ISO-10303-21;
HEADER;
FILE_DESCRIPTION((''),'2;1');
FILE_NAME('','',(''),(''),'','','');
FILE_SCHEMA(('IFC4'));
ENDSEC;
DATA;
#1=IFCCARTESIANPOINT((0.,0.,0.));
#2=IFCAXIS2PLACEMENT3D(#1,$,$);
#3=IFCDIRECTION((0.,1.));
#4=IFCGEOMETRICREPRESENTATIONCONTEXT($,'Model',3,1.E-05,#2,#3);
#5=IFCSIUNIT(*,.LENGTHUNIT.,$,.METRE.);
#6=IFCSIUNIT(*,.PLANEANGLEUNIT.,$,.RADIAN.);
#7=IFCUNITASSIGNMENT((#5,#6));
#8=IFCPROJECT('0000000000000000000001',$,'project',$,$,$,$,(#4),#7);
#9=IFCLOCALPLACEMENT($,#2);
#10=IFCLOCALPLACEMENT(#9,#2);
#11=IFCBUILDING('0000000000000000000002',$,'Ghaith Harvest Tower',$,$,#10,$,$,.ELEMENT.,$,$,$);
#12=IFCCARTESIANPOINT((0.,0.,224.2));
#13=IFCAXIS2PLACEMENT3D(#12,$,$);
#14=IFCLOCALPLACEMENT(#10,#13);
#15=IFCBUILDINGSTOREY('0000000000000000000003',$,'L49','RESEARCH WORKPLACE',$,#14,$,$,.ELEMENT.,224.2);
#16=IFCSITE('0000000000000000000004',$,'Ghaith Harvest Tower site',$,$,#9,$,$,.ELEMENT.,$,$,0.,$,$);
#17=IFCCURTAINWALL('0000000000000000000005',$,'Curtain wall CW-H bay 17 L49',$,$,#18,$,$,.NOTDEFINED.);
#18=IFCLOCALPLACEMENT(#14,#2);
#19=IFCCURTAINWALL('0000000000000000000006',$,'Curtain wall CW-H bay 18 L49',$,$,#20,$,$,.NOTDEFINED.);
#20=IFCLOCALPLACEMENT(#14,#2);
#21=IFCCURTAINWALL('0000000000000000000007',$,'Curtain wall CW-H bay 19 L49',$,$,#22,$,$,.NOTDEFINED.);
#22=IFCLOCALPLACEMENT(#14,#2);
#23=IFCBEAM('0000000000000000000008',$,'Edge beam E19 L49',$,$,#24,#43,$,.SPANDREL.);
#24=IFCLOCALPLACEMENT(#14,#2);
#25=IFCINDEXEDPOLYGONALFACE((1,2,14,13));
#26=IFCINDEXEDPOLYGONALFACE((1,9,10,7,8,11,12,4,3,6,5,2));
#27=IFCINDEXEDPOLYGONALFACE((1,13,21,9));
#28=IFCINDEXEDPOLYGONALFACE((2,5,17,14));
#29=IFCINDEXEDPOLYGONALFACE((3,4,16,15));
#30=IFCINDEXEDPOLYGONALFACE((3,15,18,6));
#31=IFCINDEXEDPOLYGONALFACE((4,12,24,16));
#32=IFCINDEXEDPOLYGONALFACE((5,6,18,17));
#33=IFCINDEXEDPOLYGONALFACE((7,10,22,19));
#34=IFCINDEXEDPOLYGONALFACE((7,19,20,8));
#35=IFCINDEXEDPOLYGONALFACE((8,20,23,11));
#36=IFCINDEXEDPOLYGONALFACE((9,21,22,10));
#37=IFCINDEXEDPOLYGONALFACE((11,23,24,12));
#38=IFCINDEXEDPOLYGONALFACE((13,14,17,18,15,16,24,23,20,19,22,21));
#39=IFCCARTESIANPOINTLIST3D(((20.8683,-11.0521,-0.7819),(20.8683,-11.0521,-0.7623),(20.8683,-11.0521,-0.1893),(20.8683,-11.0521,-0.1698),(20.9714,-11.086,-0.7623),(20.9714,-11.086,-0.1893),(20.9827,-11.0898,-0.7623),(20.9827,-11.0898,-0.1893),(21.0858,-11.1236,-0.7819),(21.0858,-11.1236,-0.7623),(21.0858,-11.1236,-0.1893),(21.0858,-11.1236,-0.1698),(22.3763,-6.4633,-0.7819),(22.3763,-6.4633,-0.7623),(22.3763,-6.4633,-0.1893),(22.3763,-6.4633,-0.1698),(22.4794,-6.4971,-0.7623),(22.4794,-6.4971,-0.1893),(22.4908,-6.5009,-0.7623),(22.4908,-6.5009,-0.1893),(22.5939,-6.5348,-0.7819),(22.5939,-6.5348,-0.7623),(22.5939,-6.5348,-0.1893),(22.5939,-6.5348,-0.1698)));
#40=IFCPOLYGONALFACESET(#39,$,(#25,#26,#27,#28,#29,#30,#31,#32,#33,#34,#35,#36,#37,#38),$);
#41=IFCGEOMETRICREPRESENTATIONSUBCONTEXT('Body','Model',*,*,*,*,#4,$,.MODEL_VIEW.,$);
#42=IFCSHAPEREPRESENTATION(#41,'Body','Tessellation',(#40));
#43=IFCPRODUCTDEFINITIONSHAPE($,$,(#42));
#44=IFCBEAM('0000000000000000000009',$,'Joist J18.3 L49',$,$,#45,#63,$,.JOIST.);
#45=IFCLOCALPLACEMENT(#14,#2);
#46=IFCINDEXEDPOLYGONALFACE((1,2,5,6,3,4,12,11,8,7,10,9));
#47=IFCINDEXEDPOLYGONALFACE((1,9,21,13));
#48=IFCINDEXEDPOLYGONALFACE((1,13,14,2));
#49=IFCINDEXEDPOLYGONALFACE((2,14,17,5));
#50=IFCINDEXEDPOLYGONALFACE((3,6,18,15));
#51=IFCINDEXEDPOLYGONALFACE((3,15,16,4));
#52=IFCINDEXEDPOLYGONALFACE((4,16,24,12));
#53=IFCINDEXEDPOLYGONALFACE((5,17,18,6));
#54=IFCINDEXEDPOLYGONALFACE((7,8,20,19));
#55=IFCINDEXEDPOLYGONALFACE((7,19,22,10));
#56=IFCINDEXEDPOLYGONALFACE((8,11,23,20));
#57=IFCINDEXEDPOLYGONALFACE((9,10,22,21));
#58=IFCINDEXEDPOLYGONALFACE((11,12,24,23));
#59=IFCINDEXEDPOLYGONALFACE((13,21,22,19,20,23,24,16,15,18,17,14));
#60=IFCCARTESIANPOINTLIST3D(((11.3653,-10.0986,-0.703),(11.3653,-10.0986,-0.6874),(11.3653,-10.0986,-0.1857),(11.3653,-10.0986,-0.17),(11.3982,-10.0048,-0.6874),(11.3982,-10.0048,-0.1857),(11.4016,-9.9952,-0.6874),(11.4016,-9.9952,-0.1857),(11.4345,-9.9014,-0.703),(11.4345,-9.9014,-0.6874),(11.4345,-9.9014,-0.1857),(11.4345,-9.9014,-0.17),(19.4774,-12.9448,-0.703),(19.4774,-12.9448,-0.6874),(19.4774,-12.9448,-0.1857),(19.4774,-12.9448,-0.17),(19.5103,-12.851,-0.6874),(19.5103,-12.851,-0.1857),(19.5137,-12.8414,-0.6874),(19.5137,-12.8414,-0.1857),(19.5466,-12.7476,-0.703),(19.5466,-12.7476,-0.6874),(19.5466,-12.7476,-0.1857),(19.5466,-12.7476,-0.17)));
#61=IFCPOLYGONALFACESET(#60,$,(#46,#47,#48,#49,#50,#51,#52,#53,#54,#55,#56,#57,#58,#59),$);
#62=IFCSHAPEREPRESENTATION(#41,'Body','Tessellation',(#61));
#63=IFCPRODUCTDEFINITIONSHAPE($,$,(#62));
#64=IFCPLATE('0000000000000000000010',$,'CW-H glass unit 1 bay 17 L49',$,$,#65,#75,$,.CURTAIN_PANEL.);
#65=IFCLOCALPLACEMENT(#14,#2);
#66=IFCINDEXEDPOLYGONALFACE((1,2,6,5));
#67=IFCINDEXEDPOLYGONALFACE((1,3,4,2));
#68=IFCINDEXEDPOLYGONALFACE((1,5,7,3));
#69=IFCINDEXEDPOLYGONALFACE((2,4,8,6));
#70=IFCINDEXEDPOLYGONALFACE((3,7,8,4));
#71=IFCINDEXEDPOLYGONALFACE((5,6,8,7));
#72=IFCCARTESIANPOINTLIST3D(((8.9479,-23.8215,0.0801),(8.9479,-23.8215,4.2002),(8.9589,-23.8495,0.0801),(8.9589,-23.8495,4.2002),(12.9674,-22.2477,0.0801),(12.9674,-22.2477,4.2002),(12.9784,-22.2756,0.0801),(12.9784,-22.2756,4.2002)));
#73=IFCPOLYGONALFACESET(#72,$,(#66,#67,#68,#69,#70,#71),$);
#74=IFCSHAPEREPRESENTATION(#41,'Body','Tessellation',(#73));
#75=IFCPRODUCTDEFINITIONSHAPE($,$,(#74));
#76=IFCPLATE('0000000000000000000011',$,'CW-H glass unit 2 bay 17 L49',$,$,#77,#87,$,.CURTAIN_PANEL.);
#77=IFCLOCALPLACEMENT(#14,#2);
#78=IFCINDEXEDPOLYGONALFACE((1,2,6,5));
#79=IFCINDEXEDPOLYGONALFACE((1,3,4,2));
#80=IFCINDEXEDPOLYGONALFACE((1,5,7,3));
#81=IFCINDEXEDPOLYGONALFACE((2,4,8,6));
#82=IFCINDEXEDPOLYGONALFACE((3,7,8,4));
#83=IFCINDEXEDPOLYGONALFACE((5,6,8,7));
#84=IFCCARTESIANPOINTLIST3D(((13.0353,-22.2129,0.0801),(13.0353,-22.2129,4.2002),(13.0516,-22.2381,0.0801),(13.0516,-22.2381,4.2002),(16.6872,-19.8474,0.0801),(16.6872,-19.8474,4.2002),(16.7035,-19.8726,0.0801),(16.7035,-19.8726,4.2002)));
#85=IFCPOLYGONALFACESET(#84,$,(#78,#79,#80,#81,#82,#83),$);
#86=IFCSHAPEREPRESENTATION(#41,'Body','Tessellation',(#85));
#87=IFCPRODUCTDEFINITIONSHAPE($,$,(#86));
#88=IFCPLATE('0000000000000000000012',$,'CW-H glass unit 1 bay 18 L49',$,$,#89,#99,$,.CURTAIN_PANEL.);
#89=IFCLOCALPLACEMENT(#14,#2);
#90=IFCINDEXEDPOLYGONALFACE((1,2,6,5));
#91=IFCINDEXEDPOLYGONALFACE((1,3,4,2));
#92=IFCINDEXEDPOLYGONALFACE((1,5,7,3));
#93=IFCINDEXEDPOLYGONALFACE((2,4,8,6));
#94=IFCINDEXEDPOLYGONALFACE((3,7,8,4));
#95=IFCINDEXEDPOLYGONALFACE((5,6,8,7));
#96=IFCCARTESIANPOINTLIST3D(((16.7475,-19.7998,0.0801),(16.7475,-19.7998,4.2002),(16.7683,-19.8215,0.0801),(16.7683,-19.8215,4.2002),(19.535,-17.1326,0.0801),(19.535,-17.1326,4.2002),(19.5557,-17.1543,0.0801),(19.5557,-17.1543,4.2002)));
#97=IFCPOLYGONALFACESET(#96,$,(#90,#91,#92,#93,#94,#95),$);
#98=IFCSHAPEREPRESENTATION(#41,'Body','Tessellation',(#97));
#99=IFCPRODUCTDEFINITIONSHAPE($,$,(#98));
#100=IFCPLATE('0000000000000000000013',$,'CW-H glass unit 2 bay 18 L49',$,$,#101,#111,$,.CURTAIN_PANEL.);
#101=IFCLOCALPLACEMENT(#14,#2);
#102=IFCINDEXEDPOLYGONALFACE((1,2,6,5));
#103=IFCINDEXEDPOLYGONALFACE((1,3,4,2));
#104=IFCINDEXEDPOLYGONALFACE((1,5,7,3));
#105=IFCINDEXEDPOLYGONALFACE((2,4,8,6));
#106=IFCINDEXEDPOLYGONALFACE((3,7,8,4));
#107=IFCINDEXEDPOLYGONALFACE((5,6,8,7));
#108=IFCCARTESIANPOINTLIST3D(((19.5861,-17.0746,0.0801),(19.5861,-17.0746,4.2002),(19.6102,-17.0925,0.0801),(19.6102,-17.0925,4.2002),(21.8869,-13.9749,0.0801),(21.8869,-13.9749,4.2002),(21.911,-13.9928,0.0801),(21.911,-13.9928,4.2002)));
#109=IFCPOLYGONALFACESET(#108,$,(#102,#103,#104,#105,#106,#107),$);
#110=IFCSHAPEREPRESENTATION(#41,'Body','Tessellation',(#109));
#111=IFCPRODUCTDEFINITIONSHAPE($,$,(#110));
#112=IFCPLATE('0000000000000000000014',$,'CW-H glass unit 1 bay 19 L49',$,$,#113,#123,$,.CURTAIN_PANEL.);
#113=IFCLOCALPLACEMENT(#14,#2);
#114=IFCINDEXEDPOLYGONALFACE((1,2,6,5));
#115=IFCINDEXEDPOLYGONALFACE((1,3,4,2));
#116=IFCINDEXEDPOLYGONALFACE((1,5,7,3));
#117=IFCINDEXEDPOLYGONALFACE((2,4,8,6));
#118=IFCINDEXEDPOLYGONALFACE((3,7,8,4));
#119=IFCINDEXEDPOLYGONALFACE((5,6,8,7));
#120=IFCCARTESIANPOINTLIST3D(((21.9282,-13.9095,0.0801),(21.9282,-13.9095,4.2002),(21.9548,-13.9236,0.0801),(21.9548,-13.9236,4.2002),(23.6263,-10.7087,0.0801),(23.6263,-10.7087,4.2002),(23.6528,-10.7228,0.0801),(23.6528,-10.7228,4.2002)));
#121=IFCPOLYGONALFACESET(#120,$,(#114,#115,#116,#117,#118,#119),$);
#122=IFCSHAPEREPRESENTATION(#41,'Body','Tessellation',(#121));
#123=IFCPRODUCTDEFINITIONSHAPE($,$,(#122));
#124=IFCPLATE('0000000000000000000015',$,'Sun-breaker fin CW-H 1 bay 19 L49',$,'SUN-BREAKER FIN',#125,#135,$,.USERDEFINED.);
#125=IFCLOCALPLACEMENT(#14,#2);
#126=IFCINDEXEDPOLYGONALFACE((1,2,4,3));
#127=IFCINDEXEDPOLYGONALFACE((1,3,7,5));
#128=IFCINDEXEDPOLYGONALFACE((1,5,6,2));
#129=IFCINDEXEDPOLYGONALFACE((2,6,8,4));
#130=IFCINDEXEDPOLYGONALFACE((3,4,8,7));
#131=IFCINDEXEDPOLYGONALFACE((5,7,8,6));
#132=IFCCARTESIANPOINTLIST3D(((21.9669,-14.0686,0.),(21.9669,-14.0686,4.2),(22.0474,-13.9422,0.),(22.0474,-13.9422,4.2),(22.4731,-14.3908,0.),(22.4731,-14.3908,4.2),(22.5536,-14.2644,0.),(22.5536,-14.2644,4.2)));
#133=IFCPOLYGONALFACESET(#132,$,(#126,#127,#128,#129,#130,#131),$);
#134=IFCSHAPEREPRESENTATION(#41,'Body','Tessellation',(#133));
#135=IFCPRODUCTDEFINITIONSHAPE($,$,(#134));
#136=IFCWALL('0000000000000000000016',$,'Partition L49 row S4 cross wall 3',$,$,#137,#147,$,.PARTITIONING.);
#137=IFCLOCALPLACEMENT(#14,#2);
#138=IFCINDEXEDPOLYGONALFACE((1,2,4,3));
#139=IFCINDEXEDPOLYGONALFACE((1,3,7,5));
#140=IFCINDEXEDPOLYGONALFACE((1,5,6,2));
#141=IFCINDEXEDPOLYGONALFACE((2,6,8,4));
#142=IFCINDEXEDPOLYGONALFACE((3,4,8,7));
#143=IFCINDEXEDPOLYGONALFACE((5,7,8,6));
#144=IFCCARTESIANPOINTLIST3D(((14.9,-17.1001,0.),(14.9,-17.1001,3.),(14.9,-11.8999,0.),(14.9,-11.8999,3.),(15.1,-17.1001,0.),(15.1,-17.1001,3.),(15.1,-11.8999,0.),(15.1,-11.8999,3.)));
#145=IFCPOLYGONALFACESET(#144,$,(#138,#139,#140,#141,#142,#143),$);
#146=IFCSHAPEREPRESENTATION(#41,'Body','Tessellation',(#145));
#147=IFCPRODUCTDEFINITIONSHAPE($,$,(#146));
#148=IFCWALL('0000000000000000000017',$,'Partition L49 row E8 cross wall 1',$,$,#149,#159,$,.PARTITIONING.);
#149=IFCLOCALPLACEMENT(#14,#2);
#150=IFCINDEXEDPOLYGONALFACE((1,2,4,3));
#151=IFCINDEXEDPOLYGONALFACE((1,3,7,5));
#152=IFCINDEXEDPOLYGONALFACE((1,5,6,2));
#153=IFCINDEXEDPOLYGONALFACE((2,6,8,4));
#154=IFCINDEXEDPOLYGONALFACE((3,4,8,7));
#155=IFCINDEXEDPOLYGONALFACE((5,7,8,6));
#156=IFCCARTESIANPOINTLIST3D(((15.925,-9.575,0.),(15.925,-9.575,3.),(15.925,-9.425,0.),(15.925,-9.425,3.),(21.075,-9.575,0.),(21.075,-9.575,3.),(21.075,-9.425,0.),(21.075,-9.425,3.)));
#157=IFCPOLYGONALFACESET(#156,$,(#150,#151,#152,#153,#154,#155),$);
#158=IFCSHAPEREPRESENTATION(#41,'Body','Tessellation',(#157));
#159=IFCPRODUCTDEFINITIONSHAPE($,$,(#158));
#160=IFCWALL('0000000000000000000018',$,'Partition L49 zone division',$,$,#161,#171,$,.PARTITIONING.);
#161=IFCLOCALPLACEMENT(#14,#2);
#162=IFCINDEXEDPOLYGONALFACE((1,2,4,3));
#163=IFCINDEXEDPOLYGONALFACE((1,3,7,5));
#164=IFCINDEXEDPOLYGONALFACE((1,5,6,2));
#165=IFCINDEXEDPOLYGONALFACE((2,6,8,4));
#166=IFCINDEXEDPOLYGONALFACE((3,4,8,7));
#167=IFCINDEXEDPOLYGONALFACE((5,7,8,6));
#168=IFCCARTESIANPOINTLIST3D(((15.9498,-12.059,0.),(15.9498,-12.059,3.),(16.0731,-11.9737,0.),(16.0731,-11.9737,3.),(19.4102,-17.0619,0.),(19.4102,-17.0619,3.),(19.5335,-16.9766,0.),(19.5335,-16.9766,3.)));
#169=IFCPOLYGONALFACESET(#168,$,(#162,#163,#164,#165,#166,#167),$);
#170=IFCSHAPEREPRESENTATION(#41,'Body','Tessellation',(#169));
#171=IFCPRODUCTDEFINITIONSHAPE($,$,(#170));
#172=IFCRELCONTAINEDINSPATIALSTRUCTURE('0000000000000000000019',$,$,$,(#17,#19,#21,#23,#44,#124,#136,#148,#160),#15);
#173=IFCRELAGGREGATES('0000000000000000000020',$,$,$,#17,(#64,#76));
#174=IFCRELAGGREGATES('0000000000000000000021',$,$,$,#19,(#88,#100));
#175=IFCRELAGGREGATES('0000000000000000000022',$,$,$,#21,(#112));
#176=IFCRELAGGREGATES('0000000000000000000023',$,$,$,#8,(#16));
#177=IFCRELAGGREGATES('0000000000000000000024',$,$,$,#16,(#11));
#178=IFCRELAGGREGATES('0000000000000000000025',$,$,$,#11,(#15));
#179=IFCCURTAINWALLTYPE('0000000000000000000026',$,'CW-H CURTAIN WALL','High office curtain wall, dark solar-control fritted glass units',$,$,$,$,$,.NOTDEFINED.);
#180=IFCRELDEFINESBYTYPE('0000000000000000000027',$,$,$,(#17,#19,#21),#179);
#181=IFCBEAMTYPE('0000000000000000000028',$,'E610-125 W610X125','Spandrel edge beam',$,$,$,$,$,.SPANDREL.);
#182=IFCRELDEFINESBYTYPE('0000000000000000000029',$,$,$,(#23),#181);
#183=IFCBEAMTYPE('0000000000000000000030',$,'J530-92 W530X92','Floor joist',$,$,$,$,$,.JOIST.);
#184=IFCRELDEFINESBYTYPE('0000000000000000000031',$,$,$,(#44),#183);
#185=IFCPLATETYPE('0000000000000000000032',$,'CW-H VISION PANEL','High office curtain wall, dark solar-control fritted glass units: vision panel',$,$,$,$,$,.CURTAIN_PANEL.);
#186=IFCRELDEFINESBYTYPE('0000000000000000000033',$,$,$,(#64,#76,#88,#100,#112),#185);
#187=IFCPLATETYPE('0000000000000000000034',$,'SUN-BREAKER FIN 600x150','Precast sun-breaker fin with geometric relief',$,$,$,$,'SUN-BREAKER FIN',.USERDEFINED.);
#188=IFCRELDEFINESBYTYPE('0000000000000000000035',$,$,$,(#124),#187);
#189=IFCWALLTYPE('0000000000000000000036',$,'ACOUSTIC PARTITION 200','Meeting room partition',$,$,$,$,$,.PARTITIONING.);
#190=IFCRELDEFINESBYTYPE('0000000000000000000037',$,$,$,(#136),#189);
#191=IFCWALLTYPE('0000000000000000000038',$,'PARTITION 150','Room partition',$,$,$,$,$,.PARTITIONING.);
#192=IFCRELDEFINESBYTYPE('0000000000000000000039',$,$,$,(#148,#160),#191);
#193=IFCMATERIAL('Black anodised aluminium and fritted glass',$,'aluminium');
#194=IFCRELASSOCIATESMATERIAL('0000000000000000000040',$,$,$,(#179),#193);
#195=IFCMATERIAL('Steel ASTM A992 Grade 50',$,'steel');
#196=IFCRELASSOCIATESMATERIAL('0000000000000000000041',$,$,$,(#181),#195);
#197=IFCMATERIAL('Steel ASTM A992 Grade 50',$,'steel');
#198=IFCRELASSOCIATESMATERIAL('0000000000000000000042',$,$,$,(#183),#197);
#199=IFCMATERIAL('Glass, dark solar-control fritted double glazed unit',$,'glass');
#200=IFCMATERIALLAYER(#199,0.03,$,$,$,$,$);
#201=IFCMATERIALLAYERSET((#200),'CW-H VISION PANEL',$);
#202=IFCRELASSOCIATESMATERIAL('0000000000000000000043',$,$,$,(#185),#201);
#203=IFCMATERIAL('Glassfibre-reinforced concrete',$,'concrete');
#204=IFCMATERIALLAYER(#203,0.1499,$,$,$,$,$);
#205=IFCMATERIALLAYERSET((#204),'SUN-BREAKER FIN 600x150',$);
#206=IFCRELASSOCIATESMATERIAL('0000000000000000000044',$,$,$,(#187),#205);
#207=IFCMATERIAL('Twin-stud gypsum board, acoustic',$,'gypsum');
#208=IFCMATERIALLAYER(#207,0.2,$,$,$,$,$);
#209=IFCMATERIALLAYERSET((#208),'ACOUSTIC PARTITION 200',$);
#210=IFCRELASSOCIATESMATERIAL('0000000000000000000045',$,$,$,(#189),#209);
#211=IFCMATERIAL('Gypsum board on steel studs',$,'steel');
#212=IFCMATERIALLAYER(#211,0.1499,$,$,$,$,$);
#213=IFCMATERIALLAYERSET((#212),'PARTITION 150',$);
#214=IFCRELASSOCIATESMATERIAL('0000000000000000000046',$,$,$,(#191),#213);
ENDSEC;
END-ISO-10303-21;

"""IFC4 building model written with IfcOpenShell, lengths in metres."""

from ifc_helpers import new_model, si_unit, direction, frame, frame_2d, origin, origin_2d, place, context, subcontext, project, spatial, rectangle, i_section, extrude, material, layer, layer_set, material_profile, profile_set, type_object, element, aggregate, save


model = new_model("IFC4")

# Units and contexts
model_context = context("Model", 3, precision=1e-05, world=origin(), true_north=direction((0.0, 1.0)))
body_context = subcontext(model_context, "Body", "Model", "MODEL_VIEW")
ifc_project = project(units=[si_unit("LENGTHUNIT", "METRE"), si_unit("PLANEANGLEUNIT", "RADIAN")], contexts=[model_context])

# Site, building, storey
site_placement = place(None, origin())
site = spatial("IfcSite", under=ifc_project, at=site_placement, Name="Ghaith Harvest Tower site", CompositionType="ELEMENT", RefElevation=0.0)
building_placement = place(site_placement, origin())
building = spatial("IfcBuilding", under=site, at=building_placement, Name="Ghaith Harvest Tower", CompositionType="ELEMENT")
storey_placement = place(building_placement, frame((0.0, 0.0, 224.2)))
storey = spatial("IfcBuildingStorey", under=building, at=storey_placement, Name="L49", Description="RESEARCH WORKPLACE", CompositionType="ELEMENT", Elevation=224.2)

# Curtain wall
ifc_material_1 = material(Name="Black anodised aluminium and fritted glass", Category="aluminium")
curtain_wall_type = type_object("IfcCurtainWallType", Name="CW-H CURTAIN WALL", Description="High office curtain wall, dark solar-control fritted glass units", PredefinedType="NOTDEFINED", material=ifc_material_1)
curtain_wall_1_placement = place(storey_placement, origin())
curtain_wall_1 = element("IfcCurtainWall", 1, at=curtain_wall_1_placement, inside=storey, type_object=curtain_wall_type, Name="Curtain wall CW-H bay 17 L49", PredefinedType="NOTDEFINED")

# Curtain walls
curtain_wall_2_placement = place(storey_placement, origin())
curtain_wall_2 = element("IfcCurtainWall", 2, at=curtain_wall_2_placement, inside=storey, type_object=curtain_wall_type, Name="Curtain wall CW-H bay 18 L49", PredefinedType="NOTDEFINED")
curtain_wall_3_placement = place(storey_placement, origin())
curtain_wall_3 = element("IfcCurtainWall", 3, at=curtain_wall_3_placement, inside=storey, type_object=curtain_wall_type, Name="Curtain wall CW-H bay 19 L49", PredefinedType="NOTDEFINED")

# Beams
ifc_material_2 = material(Name="Steel ASTM A992 Grade 50", Category="steel")
ifc_material_profile_1 = material_profile(ifc_material_2, i_section(OverallWidth=0.229, OverallDepth=0.6121, WebThickness=0.012, FlangeThickness=0.0195, at=origin_2d()), Name="W610X125")
ifc_profile_set_1 = profile_set([ifc_material_profile_1], Name="Steel ASTM A992 Grade 50")
beam_type_1 = type_object("IfcBeamType", Name="E610-125 W610X125", Description="Spandrel edge beam", PredefinedType="SPANDREL", material=ifc_profile_set_1)
beam_1_placement = place(storey_placement, frame((20.9771, -11.0879, -0.4758), z_axis=(0.312207, 0.950014, 0.0), x_axis=(-0.950014, 0.312207, 0.0)))
element("IfcBeam", 4, at=beam_1_placement, inside=storey, type_object=beam_type_1, Name="Edge beam E19 L49", PredefinedType="SPANDREL", context=body_context, shape_type="SweptSolid", body=[
    extrude(i_section(OverallWidth=0.229, OverallDepth=0.6121, WebThickness=0.012, FlangeThickness=0.0195, at=origin_2d()), origin(), (0.0, 0.0, 1.0), 4.8303),
])
ifc_material_3 = material(Name="Steel ASTM A992 Grade 50", Category="steel")
ifc_material_profile_2 = material_profile(ifc_material_3, i_section(OverallWidth=0.209, OverallDepth=0.533, WebThickness=0.0103, FlangeThickness=0.0156, at=origin_2d()), Name="W530X92")
ifc_profile_set_2 = profile_set([ifc_material_profile_2], Name="Steel ASTM A992 Grade 50")
beam_type_2 = type_object("IfcBeamType", Name="J530-92 W530X92", Description="Floor joist", PredefinedType="JOIST", material=ifc_profile_set_2)
beam_2_placement = place(storey_placement, frame((11.3999, -10.0, -0.4365), z_axis=(0.943605, -0.331073, 0.0), x_axis=(0.331073, 0.943605, 0.0)))
element("IfcBeam", 5, at=beam_2_placement, inside=storey, type_object=beam_type_2, Name="Joist J18.3 L49", PredefinedType="JOIST", context=body_context, shape_type="SweptSolid", body=[
    extrude(i_section(OverallWidth=0.209, OverallDepth=0.533, WebThickness=0.0103, FlangeThickness=0.0156, at=origin_2d()), origin(), (0.0, 0.0, 1.0), 8.5969),
])

# Plates
ifc_material_4 = material(Name="Glass, dark solar-control fritted double glazed unit", Category="glass")
ifc_layer_1 = layer(ifc_material_4, 0.03)
ifc_layer_set_1 = layer_set([ifc_layer_1], Name="CW-H VISION PANEL")
plate_type_1 = type_object("IfcPlateType", Name="CW-H VISION PANEL", Description="High office curtain wall, dark solar-control fritted glass units: vision panel", PredefinedType="CURTAIN_PANEL", material=ifc_layer_set_1)
plate_1_placement = place(storey_placement, frame((10.9631, -23.0486, 0.0801), z_axis=(0.0, 0.0, 1.0), x_axis=(0.931161, 0.364608, 0.0)))
plate_1 = element("IfcPlate", 6, at=plate_1_placement, type_object=plate_type_1, Name="CW-H glass unit 1 bay 17 L49", PredefinedType="CURTAIN_PANEL", context=body_context, shape_type="SweptSolid", body=[
    extrude(rectangle(XDim=4.3167, YDim=0.03, at=origin_2d()), origin(), (0.0, 0.0, 1.0), 4.1201),
])
plate_2_placement = place(storey_placement, frame((14.8694, -21.0427, 0.0801), z_axis=(0.0, 0.0, 1.0), x_axis=(0.839305, 0.54366, 0.0)))
plate_2 = element("IfcPlate", 7, at=plate_2_placement, type_object=plate_type_1, Name="CW-H glass unit 2 bay 17 L49", PredefinedType="CURTAIN_PANEL", context=body_context, shape_type="SweptSolid", body=[
    extrude(rectangle(XDim=4.3511, YDim=0.03, at=origin_2d()), origin(), (0.0, 0.0, 1.0), 4.1201),
])
aggregate(curtain_wall_1, [plate_1, plate_2])
plate_3_placement = place(storey_placement, frame((18.1516, -18.4771, 0.0801), z_axis=(0.0, 0.0, 1.0), x_axis=(0.722533, 0.691337, 0.0)))
plate_3 = element("IfcPlate", 8, at=plate_3_placement, type_object=plate_type_1, Name="CW-H glass unit 1 bay 18 L49", PredefinedType="CURTAIN_PANEL", context=body_context, shape_type="SweptSolid", body=[
    extrude(rectangle(XDim=3.8579, YDim=0.03, at=origin_2d()), origin(), (0.0, 0.0, 1.0), 4.1201),
])
plate_4_placement = place(storey_placement, frame((20.7485, -15.5337, 0.0801), z_axis=(0.0, 0.0, 1.0), x_axis=(0.596019, 0.802971, 0.0)))
plate_4 = element("IfcPlate", 9, at=plate_4_placement, type_object=plate_type_1, Name="CW-H glass unit 2 bay 18 L49", PredefinedType="CURTAIN_PANEL", context=body_context, shape_type="SweptSolid", body=[
    extrude(rectangle(XDim=3.8604, YDim=0.03, at=origin_2d()), origin(), (0.0, 0.0, 1.0), 4.1201),
])
aggregate(curtain_wall_2, [plate_3, plate_4])
plate_5_placement = place(storey_placement, frame((22.7905, -12.3162, 0.0801), z_axis=(0.0, 0.0, 1.0), x_axis=(0.468644, 0.883387, 0.0)))
plate_5 = element("IfcPlate", 10, at=plate_5_placement, type_object=plate_type_1, Name="CW-H glass unit 1 bay 19 L49", PredefinedType="CURTAIN_PANEL", context=body_context, shape_type="SweptSolid", body=[
    extrude(rectangle(XDim=3.6233, YDim=0.03, at=origin_2d()), origin(), (0.0, 0.0, 1.0), 4.1201),
])
aggregate(curtain_wall_3, [plate_5])
ifc_material_5 = material(Name="Glassfibre-reinforced concrete", Category="concrete")
ifc_layer_2 = layer(ifc_material_5, 0.1499)
ifc_layer_set_2 = layer_set([ifc_layer_2], Name="SUN-BREAKER FIN 600x150")
plate_type_2 = type_object("IfcPlateType", Name="SUN-BREAKER FIN 600x150", Description="Precast sun-breaker fin with geometric relief", ElementType="SUN-BREAKER FIN", PredefinedType="USERDEFINED", material=ifc_layer_set_2)
plate_6_placement = place(storey_placement, frame((22.2603, -14.1665, 0.0), z_axis=(0.0, 0.0, 1.0), x_axis=(0.843644, -0.536903, 0.0)))
element("IfcPlate", 11, at=plate_6_placement, inside=storey, type_object=plate_type_2, Name="Sun-breaker fin CW-H 1 bay 19 L49", ObjectType="SUN-BREAKER FIN", PredefinedType="USERDEFINED", context=body_context, shape_type="SweptSolid", body=[
    extrude(rectangle(XDim=0.6001, YDim=0.1499, at=origin_2d()), origin(), (0.0, 0.0, 1.0), 4.2),
])

# Walls
ifc_material_6 = material(Name="Twin-stud gypsum board, acoustic", Category="gypsum")
ifc_layer_3 = layer(ifc_material_6, 0.2)
ifc_layer_set_3 = layer_set([ifc_layer_3], Name="ACOUSTIC PARTITION 200")
wall_type_1 = type_object("IfcWallType", Name="ACOUSTIC PARTITION 200", Description="Meeting room partition", PredefinedType="PARTITIONING", material=ifc_layer_set_3)
wall_1_placement = place(storey_placement, frame((15.0, -11.8999, 0.0), z_axis=(0.0, 0.0, 1.0), x_axis=(0.0, -1.0, 0.0)))
element("IfcWall", 12, at=wall_1_placement, inside=storey, type_object=wall_type_1, Name="Partition L49 row S4 cross wall 3", PredefinedType="PARTITIONING", context=body_context, shape_type="SweptSolid", body=[
    extrude(rectangle(XDim=5.2002, YDim=0.2, at=frame_2d((2.6001, 0.0))), origin(), (0.0, 0.0, 1.0), 3.0),
])
ifc_material_7 = material(Name="Gypsum board on steel studs", Category="steel")
ifc_layer_4 = layer(ifc_material_7, 0.1499)
ifc_layer_set_4 = layer_set([ifc_layer_4], Name="PARTITION 150")
wall_type_2 = type_object("IfcWallType", Name="PARTITION 150", Description="Room partition", PredefinedType="PARTITIONING", material=ifc_layer_set_4)
wall_2_placement = place(storey_placement, frame((15.925, -9.5, 0.0), z_axis=(0.0, 0.0, 1.0), x_axis=(1.0, 0.0, 0.0)))
element("IfcWall", 13, at=wall_2_placement, inside=storey, type_object=wall_type_2, Name="Partition L49 row E8 cross wall 1", PredefinedType="PARTITIONING", context=body_context, shape_type="SweptSolid", body=[
    extrude(rectangle(XDim=5.1499, YDim=0.1499, at=frame_2d((2.575, 0.0))), origin(), (0.0, 0.0, 1.0), 3.0),
])
wall_3_placement = place(storey_placement, frame((16.0115, -12.0164, 0.0), z_axis=(0.0, 0.0, 1.0), x_axis=(0.568863, -0.822432, 0.0)))
element("IfcWall", 14, at=wall_3_placement, inside=storey, type_object=wall_type_2, Name="Partition L49 zone division", PredefinedType="PARTITIONING", context=body_context, shape_type="SweptSolid", body=[
    extrude(rectangle(XDim=6.083, YDim=0.1499, at=frame_2d((3.0415, 0.0))), origin(), (0.0, 0.0, 1.0), 3.0),
])

save(model, "model.ifc")
